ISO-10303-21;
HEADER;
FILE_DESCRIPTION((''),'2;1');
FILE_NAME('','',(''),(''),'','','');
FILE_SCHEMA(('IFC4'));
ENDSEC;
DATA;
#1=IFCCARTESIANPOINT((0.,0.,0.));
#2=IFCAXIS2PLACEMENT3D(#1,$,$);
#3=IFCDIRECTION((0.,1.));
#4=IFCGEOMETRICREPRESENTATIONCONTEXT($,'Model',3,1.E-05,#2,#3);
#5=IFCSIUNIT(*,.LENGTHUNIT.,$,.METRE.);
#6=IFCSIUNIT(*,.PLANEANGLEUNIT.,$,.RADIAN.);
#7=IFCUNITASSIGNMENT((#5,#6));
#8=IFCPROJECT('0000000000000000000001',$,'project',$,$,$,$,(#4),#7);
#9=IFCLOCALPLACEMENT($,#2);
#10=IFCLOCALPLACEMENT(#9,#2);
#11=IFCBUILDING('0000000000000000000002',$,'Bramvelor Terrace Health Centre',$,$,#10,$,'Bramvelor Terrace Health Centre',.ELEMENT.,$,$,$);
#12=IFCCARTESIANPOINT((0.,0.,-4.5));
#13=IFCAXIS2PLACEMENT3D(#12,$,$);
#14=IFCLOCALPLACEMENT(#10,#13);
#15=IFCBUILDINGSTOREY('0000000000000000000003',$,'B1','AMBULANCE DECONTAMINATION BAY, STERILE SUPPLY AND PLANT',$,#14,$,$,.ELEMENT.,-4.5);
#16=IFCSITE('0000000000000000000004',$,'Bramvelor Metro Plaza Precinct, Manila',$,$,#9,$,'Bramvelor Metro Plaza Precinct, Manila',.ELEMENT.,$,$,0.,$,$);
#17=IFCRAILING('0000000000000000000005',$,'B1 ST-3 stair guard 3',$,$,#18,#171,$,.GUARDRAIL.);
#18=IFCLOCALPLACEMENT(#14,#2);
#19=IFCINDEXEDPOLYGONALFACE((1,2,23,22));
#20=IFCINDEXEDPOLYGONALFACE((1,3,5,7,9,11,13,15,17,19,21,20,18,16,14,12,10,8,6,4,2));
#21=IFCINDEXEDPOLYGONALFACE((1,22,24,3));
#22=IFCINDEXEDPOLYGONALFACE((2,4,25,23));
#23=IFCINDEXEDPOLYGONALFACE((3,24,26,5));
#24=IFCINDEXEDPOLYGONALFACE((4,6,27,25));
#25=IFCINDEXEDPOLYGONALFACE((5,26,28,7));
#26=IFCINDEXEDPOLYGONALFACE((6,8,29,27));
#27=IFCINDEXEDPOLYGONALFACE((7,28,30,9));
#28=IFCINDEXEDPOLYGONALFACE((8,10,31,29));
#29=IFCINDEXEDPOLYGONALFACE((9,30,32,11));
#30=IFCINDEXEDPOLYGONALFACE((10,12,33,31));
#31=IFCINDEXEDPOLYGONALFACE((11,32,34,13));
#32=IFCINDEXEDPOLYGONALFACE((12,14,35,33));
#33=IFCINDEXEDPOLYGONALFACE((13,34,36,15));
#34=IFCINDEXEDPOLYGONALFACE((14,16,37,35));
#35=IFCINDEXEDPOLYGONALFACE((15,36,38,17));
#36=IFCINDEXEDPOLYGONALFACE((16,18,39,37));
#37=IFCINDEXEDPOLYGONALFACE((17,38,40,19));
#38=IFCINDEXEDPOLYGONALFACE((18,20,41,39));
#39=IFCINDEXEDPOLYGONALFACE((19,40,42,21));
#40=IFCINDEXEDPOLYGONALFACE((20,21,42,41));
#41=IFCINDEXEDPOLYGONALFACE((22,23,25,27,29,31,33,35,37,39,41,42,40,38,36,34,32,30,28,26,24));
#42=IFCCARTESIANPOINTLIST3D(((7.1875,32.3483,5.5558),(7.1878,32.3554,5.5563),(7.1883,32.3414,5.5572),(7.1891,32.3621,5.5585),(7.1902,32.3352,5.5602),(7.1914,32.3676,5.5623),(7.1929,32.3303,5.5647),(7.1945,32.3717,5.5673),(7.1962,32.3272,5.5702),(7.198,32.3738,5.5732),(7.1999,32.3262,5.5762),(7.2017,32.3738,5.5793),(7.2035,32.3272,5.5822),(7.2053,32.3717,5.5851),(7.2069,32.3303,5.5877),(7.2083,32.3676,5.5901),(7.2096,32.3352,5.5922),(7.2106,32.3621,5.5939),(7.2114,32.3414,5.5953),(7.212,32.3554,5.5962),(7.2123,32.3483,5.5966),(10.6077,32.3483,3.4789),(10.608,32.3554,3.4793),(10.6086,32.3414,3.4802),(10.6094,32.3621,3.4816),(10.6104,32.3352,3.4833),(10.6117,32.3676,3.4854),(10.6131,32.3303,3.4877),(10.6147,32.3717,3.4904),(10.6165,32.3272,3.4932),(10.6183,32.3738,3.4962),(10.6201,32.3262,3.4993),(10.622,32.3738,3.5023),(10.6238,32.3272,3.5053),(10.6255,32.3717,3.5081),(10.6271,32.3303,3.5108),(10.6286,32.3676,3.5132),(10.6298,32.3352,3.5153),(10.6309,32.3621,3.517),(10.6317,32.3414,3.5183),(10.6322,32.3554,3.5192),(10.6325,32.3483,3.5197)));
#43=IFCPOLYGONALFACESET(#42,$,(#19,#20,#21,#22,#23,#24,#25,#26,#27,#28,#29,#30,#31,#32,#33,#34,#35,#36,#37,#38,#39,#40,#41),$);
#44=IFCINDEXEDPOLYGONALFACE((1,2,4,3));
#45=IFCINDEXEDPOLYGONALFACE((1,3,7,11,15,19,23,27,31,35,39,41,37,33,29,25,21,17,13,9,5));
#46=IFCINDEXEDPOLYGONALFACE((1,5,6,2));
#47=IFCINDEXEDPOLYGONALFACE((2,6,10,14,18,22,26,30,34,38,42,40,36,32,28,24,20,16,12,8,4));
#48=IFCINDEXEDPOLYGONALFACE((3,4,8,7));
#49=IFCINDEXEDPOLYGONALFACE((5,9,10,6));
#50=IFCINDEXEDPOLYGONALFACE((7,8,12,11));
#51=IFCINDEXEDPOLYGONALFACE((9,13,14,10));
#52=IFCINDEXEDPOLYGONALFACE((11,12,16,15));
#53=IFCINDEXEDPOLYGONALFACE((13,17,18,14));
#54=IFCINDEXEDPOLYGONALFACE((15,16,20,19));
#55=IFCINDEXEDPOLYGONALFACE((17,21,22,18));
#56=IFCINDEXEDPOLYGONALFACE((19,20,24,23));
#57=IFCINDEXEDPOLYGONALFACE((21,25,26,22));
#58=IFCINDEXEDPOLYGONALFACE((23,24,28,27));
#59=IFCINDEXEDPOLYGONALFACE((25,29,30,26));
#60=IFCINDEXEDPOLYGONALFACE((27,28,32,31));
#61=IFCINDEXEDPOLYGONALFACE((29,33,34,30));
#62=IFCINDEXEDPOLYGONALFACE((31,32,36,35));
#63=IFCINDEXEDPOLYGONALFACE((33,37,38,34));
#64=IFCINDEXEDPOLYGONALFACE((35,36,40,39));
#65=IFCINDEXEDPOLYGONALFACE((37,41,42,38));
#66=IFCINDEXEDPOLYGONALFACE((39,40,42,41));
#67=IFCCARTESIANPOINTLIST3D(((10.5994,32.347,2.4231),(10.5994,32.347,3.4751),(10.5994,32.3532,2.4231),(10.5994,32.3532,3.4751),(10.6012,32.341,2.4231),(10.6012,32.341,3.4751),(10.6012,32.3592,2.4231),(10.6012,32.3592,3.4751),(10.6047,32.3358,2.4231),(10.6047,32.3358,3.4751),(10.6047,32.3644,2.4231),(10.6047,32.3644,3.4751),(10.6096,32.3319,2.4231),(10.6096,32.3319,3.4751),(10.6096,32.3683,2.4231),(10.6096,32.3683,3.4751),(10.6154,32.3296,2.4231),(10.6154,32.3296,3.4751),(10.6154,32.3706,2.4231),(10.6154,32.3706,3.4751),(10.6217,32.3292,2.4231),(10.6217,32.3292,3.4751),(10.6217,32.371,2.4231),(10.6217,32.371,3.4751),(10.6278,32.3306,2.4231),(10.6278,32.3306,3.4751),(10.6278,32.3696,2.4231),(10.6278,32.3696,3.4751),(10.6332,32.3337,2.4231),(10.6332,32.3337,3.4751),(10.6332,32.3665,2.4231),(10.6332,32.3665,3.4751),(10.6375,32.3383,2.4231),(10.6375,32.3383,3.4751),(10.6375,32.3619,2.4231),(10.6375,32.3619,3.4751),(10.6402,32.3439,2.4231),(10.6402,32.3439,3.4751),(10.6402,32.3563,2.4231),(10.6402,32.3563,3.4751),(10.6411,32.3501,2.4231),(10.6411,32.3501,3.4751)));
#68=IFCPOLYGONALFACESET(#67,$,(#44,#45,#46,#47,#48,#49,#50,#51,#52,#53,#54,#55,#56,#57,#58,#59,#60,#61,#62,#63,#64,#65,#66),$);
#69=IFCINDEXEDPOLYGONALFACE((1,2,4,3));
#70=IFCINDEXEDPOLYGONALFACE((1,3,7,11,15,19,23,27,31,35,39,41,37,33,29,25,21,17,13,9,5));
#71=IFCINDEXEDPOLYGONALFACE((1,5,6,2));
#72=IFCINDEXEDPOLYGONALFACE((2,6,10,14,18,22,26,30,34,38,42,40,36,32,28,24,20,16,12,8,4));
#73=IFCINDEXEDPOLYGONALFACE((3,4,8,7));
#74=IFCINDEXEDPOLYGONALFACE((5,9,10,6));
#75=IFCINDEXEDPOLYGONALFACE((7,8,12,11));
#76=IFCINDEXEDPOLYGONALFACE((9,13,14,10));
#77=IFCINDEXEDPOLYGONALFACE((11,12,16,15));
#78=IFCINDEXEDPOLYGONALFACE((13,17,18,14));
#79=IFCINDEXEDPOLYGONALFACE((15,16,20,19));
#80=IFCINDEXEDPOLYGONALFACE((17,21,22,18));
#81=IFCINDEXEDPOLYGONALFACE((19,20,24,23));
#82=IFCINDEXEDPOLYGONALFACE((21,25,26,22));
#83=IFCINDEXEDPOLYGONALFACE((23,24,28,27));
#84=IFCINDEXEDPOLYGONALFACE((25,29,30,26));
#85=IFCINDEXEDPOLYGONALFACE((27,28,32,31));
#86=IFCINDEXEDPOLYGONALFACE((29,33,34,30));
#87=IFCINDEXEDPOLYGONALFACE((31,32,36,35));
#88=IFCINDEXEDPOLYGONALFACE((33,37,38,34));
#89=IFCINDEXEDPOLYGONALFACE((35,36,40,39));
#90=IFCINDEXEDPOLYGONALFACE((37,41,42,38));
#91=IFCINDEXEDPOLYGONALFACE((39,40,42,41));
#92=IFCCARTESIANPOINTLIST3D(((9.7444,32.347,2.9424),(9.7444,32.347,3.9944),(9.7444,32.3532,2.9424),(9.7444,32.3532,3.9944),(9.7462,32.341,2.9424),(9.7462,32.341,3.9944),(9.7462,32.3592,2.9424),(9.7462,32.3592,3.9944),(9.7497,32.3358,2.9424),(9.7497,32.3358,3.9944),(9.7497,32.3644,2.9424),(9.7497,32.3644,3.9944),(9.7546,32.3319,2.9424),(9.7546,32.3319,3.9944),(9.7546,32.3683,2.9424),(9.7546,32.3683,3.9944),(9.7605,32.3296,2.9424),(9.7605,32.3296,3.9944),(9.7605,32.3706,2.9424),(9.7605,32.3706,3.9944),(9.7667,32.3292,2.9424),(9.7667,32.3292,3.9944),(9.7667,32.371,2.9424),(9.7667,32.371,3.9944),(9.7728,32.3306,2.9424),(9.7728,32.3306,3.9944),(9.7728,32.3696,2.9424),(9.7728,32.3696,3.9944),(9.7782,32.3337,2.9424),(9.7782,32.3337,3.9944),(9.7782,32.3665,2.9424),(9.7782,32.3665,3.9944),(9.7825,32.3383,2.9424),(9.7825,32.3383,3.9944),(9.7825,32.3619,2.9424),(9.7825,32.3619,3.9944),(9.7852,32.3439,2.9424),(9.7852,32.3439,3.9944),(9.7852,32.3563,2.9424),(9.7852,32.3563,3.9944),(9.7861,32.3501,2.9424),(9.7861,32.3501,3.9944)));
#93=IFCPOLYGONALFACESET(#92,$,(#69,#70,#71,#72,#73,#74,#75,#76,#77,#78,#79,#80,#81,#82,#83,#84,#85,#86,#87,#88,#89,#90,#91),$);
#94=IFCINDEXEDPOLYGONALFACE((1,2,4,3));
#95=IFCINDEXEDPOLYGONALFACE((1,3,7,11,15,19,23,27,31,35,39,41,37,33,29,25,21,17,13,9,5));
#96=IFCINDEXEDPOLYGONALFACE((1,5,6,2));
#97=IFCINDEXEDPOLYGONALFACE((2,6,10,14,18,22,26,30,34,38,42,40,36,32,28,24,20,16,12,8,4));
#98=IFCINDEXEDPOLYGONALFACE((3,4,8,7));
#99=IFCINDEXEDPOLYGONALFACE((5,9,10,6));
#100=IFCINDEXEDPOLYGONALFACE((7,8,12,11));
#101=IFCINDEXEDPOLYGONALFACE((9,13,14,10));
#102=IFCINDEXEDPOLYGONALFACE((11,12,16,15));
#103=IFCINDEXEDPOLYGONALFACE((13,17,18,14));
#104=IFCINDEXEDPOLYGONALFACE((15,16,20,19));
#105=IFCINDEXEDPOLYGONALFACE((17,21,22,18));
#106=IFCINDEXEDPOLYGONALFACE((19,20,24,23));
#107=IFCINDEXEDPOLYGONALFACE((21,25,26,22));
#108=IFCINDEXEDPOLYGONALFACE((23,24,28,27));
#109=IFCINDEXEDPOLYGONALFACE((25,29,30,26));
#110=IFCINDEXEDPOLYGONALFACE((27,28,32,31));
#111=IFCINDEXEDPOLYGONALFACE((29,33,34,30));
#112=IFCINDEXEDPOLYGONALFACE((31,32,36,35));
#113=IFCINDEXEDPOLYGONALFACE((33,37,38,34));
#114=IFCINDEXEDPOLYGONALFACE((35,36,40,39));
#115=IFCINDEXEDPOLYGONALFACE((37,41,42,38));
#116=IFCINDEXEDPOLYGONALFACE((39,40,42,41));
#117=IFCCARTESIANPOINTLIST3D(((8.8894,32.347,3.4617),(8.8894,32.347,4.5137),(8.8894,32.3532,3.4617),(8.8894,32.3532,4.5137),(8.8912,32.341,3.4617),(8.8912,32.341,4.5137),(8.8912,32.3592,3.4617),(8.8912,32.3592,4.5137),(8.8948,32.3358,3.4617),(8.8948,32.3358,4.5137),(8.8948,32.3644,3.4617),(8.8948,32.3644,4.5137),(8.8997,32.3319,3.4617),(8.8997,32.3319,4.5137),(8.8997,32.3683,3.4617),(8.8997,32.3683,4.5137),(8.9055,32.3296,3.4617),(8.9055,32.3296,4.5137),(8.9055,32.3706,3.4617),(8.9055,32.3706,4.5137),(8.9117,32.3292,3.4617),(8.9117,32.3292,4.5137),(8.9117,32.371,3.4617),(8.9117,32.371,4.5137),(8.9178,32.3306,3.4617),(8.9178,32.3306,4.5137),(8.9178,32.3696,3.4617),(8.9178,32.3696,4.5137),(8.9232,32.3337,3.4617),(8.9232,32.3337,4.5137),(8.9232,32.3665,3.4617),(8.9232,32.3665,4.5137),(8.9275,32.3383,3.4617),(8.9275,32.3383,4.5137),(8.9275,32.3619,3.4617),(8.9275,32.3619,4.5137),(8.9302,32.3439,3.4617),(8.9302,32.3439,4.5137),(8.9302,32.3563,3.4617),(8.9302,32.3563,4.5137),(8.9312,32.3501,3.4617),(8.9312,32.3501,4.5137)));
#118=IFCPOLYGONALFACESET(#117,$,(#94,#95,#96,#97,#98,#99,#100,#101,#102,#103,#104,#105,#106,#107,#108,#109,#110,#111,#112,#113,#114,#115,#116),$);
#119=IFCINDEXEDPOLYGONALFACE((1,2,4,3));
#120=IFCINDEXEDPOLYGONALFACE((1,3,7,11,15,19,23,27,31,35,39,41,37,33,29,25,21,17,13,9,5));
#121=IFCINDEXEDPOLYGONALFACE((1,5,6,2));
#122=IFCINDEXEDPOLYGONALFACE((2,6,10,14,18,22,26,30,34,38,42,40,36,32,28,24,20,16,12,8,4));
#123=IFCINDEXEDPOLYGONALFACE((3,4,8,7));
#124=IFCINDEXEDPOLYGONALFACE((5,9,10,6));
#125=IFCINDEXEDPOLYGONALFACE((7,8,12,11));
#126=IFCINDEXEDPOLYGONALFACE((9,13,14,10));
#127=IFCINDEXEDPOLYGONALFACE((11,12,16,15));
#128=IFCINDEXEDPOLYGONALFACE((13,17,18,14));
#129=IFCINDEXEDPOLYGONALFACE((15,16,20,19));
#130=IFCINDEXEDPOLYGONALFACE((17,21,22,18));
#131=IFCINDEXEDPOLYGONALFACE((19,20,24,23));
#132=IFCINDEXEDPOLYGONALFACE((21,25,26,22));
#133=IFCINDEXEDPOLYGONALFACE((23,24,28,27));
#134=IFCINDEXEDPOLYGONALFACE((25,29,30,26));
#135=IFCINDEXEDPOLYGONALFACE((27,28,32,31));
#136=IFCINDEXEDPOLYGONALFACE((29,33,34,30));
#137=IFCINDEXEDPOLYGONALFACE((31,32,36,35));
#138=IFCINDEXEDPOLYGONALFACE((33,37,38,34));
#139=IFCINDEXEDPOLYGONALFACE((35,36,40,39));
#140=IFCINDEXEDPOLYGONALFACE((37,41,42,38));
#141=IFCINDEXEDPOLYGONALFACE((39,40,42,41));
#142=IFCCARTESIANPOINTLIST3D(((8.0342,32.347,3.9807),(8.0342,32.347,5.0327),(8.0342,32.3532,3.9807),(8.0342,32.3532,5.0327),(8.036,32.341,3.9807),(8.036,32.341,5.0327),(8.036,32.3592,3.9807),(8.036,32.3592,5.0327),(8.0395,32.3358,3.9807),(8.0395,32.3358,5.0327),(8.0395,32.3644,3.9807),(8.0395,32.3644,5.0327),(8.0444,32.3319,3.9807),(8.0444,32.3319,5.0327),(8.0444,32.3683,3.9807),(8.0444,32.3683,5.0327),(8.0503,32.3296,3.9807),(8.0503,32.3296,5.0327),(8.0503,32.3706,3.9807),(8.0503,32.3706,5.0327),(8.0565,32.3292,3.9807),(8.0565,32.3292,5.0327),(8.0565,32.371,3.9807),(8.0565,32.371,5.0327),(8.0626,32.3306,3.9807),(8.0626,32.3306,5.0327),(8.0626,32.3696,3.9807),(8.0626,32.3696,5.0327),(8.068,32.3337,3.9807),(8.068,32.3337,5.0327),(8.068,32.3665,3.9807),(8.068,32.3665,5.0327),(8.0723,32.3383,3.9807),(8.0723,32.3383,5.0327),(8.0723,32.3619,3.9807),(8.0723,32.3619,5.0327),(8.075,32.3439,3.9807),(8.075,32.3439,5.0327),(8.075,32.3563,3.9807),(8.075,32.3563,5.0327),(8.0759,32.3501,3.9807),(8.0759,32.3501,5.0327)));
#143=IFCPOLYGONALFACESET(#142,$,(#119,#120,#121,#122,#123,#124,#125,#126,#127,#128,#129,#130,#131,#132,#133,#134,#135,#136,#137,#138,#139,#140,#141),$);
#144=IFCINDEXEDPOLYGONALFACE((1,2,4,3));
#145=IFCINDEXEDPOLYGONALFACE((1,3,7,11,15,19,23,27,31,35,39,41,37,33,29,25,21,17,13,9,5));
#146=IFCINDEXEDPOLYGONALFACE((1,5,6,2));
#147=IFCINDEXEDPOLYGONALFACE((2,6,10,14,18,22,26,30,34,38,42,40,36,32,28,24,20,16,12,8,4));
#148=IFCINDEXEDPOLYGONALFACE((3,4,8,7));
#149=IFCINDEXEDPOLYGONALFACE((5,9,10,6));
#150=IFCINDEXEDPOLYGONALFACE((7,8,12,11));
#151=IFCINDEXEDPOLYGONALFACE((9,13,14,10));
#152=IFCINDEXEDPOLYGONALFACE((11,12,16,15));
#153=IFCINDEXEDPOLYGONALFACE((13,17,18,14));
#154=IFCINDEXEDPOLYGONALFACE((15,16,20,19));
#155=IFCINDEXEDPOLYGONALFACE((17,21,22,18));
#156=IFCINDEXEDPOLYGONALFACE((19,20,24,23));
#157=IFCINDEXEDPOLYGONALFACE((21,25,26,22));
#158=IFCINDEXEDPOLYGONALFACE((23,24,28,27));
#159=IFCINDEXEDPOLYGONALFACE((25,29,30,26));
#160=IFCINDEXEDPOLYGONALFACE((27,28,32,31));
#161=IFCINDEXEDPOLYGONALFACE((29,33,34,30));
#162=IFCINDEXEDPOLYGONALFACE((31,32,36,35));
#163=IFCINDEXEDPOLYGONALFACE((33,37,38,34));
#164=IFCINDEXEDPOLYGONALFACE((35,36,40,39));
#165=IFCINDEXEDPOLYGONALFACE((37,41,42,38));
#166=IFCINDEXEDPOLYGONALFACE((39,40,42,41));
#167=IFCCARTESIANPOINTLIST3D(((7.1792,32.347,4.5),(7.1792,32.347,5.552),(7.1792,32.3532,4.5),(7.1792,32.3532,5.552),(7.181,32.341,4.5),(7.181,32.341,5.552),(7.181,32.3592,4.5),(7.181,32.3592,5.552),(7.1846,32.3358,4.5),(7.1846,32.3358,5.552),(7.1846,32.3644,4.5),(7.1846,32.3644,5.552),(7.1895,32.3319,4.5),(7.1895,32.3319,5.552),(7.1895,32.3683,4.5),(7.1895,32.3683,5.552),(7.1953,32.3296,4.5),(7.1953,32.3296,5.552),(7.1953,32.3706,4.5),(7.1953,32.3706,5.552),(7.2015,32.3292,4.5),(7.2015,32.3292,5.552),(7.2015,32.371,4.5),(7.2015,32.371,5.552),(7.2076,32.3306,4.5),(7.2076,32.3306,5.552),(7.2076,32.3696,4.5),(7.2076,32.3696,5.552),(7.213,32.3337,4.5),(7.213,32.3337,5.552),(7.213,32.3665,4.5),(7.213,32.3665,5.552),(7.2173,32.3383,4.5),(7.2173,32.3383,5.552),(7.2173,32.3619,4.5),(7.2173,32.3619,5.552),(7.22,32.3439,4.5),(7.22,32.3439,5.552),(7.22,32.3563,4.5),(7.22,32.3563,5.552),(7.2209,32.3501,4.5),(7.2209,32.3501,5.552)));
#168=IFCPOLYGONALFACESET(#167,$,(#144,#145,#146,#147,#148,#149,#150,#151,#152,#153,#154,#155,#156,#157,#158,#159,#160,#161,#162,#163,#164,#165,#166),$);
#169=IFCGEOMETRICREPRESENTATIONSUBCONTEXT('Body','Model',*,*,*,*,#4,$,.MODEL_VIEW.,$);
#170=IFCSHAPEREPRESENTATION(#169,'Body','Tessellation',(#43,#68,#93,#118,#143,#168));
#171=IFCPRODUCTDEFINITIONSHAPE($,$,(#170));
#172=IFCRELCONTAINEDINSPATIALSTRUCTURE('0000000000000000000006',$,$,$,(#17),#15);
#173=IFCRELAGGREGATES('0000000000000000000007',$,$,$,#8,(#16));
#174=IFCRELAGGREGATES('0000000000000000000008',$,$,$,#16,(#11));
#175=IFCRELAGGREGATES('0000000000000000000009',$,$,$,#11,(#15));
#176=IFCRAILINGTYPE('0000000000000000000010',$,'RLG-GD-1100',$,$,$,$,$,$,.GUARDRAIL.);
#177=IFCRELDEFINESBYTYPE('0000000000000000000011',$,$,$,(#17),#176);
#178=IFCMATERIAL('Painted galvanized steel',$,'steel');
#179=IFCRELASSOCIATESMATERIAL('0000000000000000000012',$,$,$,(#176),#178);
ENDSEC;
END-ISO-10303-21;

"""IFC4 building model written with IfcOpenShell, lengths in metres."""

from ifc_helpers import new_model, si_unit, direction, frame, origin, origin_2d, place, context, subcontext, project, spatial, circle, extrude, material, type_object, element, save


model = new_model("IFC4")

# Units and contexts
model_context = context("Model", 3, precision=1e-05, world=origin(), true_north=direction((0.0, 1.0)))
body_context = subcontext(model_context, "Body", "Model", "MODEL_VIEW")
ifc_project = project(units=[si_unit("LENGTHUNIT", "METRE"), si_unit("PLANEANGLEUNIT", "RADIAN")], contexts=[model_context])

# Site, building, storey
site_placement = place(None, origin())
site = spatial("IfcSite", under=ifc_project, at=site_placement, Name="Bramvelor Metro Plaza Precinct, Manila", LongName="Bramvelor Metro Plaza Precinct, Manila", CompositionType="ELEMENT", RefElevation=0.0)
building_placement = place(site_placement, origin())
building = spatial("IfcBuilding", under=site, at=building_placement, Name="Bramvelor Terrace Health Centre", LongName="Bramvelor Terrace Health Centre", CompositionType="ELEMENT")
storey_placement = place(building_placement, frame((0.0, 0.0, -4.5)))
storey = spatial("IfcBuildingStorey", under=building, at=storey_placement, Name="B1", Description="AMBULANCE DECONTAMINATION BAY, STERILE SUPPLY AND PLANT", CompositionType="ELEMENT", Elevation=-4.5)

# Railing
ifc_material_1 = material(Name="Painted galvanized steel", Category="steel")
railing_type_1 = type_object("IfcRailingType", Name="RLG-GD-1100", PredefinedType="GUARDRAIL", material=ifc_material_1)
railing_1_placement = place(storey_placement, frame((10.6201, 32.3501, 2.4231)))
element("IfcRailing", 1, at=railing_1_placement, inside=storey, type_object=railing_type_1, Name="B1 ST-3 stair guard 3", PredefinedType="GUARDRAIL", context=body_context, shape_type="SweptSolid", body=[
    extrude(circle(Radius=0.0239, at=origin_2d()), frame((0.0, 0.0, 1.0762), z_axis=(-0.854746, 0.0, 0.519047), x_axis=(0.0, -1.0, 0.0)), (0.0, 0.0, 1.0), 4.0015),
    extrude(circle(Radius=0.021, at=origin_2d()), origin(), (0.0, 0.0, 1.0), 1.052),
    extrude(circle(Radius=0.021, at=origin_2d()), frame((-0.855, 0.0, 0.5193)), (0.0, 0.0, 1.0), 1.052),
    extrude(circle(Radius=0.021, at=origin_2d()), frame((-1.71, 0.0, 1.0386)), (0.0, 0.0, 1.0), 1.052),
    extrude(circle(Radius=0.021, at=origin_2d()), frame((-2.5652, 0.0, 1.5576)), (0.0, 0.0, 1.0), 1.052),
    extrude(circle(Radius=0.021, at=origin_2d()), frame((-3.4202, 0.0, 2.0769)), (0.0, 0.0, 1.0), 1.052),
])

save(model, "model.ifc")
